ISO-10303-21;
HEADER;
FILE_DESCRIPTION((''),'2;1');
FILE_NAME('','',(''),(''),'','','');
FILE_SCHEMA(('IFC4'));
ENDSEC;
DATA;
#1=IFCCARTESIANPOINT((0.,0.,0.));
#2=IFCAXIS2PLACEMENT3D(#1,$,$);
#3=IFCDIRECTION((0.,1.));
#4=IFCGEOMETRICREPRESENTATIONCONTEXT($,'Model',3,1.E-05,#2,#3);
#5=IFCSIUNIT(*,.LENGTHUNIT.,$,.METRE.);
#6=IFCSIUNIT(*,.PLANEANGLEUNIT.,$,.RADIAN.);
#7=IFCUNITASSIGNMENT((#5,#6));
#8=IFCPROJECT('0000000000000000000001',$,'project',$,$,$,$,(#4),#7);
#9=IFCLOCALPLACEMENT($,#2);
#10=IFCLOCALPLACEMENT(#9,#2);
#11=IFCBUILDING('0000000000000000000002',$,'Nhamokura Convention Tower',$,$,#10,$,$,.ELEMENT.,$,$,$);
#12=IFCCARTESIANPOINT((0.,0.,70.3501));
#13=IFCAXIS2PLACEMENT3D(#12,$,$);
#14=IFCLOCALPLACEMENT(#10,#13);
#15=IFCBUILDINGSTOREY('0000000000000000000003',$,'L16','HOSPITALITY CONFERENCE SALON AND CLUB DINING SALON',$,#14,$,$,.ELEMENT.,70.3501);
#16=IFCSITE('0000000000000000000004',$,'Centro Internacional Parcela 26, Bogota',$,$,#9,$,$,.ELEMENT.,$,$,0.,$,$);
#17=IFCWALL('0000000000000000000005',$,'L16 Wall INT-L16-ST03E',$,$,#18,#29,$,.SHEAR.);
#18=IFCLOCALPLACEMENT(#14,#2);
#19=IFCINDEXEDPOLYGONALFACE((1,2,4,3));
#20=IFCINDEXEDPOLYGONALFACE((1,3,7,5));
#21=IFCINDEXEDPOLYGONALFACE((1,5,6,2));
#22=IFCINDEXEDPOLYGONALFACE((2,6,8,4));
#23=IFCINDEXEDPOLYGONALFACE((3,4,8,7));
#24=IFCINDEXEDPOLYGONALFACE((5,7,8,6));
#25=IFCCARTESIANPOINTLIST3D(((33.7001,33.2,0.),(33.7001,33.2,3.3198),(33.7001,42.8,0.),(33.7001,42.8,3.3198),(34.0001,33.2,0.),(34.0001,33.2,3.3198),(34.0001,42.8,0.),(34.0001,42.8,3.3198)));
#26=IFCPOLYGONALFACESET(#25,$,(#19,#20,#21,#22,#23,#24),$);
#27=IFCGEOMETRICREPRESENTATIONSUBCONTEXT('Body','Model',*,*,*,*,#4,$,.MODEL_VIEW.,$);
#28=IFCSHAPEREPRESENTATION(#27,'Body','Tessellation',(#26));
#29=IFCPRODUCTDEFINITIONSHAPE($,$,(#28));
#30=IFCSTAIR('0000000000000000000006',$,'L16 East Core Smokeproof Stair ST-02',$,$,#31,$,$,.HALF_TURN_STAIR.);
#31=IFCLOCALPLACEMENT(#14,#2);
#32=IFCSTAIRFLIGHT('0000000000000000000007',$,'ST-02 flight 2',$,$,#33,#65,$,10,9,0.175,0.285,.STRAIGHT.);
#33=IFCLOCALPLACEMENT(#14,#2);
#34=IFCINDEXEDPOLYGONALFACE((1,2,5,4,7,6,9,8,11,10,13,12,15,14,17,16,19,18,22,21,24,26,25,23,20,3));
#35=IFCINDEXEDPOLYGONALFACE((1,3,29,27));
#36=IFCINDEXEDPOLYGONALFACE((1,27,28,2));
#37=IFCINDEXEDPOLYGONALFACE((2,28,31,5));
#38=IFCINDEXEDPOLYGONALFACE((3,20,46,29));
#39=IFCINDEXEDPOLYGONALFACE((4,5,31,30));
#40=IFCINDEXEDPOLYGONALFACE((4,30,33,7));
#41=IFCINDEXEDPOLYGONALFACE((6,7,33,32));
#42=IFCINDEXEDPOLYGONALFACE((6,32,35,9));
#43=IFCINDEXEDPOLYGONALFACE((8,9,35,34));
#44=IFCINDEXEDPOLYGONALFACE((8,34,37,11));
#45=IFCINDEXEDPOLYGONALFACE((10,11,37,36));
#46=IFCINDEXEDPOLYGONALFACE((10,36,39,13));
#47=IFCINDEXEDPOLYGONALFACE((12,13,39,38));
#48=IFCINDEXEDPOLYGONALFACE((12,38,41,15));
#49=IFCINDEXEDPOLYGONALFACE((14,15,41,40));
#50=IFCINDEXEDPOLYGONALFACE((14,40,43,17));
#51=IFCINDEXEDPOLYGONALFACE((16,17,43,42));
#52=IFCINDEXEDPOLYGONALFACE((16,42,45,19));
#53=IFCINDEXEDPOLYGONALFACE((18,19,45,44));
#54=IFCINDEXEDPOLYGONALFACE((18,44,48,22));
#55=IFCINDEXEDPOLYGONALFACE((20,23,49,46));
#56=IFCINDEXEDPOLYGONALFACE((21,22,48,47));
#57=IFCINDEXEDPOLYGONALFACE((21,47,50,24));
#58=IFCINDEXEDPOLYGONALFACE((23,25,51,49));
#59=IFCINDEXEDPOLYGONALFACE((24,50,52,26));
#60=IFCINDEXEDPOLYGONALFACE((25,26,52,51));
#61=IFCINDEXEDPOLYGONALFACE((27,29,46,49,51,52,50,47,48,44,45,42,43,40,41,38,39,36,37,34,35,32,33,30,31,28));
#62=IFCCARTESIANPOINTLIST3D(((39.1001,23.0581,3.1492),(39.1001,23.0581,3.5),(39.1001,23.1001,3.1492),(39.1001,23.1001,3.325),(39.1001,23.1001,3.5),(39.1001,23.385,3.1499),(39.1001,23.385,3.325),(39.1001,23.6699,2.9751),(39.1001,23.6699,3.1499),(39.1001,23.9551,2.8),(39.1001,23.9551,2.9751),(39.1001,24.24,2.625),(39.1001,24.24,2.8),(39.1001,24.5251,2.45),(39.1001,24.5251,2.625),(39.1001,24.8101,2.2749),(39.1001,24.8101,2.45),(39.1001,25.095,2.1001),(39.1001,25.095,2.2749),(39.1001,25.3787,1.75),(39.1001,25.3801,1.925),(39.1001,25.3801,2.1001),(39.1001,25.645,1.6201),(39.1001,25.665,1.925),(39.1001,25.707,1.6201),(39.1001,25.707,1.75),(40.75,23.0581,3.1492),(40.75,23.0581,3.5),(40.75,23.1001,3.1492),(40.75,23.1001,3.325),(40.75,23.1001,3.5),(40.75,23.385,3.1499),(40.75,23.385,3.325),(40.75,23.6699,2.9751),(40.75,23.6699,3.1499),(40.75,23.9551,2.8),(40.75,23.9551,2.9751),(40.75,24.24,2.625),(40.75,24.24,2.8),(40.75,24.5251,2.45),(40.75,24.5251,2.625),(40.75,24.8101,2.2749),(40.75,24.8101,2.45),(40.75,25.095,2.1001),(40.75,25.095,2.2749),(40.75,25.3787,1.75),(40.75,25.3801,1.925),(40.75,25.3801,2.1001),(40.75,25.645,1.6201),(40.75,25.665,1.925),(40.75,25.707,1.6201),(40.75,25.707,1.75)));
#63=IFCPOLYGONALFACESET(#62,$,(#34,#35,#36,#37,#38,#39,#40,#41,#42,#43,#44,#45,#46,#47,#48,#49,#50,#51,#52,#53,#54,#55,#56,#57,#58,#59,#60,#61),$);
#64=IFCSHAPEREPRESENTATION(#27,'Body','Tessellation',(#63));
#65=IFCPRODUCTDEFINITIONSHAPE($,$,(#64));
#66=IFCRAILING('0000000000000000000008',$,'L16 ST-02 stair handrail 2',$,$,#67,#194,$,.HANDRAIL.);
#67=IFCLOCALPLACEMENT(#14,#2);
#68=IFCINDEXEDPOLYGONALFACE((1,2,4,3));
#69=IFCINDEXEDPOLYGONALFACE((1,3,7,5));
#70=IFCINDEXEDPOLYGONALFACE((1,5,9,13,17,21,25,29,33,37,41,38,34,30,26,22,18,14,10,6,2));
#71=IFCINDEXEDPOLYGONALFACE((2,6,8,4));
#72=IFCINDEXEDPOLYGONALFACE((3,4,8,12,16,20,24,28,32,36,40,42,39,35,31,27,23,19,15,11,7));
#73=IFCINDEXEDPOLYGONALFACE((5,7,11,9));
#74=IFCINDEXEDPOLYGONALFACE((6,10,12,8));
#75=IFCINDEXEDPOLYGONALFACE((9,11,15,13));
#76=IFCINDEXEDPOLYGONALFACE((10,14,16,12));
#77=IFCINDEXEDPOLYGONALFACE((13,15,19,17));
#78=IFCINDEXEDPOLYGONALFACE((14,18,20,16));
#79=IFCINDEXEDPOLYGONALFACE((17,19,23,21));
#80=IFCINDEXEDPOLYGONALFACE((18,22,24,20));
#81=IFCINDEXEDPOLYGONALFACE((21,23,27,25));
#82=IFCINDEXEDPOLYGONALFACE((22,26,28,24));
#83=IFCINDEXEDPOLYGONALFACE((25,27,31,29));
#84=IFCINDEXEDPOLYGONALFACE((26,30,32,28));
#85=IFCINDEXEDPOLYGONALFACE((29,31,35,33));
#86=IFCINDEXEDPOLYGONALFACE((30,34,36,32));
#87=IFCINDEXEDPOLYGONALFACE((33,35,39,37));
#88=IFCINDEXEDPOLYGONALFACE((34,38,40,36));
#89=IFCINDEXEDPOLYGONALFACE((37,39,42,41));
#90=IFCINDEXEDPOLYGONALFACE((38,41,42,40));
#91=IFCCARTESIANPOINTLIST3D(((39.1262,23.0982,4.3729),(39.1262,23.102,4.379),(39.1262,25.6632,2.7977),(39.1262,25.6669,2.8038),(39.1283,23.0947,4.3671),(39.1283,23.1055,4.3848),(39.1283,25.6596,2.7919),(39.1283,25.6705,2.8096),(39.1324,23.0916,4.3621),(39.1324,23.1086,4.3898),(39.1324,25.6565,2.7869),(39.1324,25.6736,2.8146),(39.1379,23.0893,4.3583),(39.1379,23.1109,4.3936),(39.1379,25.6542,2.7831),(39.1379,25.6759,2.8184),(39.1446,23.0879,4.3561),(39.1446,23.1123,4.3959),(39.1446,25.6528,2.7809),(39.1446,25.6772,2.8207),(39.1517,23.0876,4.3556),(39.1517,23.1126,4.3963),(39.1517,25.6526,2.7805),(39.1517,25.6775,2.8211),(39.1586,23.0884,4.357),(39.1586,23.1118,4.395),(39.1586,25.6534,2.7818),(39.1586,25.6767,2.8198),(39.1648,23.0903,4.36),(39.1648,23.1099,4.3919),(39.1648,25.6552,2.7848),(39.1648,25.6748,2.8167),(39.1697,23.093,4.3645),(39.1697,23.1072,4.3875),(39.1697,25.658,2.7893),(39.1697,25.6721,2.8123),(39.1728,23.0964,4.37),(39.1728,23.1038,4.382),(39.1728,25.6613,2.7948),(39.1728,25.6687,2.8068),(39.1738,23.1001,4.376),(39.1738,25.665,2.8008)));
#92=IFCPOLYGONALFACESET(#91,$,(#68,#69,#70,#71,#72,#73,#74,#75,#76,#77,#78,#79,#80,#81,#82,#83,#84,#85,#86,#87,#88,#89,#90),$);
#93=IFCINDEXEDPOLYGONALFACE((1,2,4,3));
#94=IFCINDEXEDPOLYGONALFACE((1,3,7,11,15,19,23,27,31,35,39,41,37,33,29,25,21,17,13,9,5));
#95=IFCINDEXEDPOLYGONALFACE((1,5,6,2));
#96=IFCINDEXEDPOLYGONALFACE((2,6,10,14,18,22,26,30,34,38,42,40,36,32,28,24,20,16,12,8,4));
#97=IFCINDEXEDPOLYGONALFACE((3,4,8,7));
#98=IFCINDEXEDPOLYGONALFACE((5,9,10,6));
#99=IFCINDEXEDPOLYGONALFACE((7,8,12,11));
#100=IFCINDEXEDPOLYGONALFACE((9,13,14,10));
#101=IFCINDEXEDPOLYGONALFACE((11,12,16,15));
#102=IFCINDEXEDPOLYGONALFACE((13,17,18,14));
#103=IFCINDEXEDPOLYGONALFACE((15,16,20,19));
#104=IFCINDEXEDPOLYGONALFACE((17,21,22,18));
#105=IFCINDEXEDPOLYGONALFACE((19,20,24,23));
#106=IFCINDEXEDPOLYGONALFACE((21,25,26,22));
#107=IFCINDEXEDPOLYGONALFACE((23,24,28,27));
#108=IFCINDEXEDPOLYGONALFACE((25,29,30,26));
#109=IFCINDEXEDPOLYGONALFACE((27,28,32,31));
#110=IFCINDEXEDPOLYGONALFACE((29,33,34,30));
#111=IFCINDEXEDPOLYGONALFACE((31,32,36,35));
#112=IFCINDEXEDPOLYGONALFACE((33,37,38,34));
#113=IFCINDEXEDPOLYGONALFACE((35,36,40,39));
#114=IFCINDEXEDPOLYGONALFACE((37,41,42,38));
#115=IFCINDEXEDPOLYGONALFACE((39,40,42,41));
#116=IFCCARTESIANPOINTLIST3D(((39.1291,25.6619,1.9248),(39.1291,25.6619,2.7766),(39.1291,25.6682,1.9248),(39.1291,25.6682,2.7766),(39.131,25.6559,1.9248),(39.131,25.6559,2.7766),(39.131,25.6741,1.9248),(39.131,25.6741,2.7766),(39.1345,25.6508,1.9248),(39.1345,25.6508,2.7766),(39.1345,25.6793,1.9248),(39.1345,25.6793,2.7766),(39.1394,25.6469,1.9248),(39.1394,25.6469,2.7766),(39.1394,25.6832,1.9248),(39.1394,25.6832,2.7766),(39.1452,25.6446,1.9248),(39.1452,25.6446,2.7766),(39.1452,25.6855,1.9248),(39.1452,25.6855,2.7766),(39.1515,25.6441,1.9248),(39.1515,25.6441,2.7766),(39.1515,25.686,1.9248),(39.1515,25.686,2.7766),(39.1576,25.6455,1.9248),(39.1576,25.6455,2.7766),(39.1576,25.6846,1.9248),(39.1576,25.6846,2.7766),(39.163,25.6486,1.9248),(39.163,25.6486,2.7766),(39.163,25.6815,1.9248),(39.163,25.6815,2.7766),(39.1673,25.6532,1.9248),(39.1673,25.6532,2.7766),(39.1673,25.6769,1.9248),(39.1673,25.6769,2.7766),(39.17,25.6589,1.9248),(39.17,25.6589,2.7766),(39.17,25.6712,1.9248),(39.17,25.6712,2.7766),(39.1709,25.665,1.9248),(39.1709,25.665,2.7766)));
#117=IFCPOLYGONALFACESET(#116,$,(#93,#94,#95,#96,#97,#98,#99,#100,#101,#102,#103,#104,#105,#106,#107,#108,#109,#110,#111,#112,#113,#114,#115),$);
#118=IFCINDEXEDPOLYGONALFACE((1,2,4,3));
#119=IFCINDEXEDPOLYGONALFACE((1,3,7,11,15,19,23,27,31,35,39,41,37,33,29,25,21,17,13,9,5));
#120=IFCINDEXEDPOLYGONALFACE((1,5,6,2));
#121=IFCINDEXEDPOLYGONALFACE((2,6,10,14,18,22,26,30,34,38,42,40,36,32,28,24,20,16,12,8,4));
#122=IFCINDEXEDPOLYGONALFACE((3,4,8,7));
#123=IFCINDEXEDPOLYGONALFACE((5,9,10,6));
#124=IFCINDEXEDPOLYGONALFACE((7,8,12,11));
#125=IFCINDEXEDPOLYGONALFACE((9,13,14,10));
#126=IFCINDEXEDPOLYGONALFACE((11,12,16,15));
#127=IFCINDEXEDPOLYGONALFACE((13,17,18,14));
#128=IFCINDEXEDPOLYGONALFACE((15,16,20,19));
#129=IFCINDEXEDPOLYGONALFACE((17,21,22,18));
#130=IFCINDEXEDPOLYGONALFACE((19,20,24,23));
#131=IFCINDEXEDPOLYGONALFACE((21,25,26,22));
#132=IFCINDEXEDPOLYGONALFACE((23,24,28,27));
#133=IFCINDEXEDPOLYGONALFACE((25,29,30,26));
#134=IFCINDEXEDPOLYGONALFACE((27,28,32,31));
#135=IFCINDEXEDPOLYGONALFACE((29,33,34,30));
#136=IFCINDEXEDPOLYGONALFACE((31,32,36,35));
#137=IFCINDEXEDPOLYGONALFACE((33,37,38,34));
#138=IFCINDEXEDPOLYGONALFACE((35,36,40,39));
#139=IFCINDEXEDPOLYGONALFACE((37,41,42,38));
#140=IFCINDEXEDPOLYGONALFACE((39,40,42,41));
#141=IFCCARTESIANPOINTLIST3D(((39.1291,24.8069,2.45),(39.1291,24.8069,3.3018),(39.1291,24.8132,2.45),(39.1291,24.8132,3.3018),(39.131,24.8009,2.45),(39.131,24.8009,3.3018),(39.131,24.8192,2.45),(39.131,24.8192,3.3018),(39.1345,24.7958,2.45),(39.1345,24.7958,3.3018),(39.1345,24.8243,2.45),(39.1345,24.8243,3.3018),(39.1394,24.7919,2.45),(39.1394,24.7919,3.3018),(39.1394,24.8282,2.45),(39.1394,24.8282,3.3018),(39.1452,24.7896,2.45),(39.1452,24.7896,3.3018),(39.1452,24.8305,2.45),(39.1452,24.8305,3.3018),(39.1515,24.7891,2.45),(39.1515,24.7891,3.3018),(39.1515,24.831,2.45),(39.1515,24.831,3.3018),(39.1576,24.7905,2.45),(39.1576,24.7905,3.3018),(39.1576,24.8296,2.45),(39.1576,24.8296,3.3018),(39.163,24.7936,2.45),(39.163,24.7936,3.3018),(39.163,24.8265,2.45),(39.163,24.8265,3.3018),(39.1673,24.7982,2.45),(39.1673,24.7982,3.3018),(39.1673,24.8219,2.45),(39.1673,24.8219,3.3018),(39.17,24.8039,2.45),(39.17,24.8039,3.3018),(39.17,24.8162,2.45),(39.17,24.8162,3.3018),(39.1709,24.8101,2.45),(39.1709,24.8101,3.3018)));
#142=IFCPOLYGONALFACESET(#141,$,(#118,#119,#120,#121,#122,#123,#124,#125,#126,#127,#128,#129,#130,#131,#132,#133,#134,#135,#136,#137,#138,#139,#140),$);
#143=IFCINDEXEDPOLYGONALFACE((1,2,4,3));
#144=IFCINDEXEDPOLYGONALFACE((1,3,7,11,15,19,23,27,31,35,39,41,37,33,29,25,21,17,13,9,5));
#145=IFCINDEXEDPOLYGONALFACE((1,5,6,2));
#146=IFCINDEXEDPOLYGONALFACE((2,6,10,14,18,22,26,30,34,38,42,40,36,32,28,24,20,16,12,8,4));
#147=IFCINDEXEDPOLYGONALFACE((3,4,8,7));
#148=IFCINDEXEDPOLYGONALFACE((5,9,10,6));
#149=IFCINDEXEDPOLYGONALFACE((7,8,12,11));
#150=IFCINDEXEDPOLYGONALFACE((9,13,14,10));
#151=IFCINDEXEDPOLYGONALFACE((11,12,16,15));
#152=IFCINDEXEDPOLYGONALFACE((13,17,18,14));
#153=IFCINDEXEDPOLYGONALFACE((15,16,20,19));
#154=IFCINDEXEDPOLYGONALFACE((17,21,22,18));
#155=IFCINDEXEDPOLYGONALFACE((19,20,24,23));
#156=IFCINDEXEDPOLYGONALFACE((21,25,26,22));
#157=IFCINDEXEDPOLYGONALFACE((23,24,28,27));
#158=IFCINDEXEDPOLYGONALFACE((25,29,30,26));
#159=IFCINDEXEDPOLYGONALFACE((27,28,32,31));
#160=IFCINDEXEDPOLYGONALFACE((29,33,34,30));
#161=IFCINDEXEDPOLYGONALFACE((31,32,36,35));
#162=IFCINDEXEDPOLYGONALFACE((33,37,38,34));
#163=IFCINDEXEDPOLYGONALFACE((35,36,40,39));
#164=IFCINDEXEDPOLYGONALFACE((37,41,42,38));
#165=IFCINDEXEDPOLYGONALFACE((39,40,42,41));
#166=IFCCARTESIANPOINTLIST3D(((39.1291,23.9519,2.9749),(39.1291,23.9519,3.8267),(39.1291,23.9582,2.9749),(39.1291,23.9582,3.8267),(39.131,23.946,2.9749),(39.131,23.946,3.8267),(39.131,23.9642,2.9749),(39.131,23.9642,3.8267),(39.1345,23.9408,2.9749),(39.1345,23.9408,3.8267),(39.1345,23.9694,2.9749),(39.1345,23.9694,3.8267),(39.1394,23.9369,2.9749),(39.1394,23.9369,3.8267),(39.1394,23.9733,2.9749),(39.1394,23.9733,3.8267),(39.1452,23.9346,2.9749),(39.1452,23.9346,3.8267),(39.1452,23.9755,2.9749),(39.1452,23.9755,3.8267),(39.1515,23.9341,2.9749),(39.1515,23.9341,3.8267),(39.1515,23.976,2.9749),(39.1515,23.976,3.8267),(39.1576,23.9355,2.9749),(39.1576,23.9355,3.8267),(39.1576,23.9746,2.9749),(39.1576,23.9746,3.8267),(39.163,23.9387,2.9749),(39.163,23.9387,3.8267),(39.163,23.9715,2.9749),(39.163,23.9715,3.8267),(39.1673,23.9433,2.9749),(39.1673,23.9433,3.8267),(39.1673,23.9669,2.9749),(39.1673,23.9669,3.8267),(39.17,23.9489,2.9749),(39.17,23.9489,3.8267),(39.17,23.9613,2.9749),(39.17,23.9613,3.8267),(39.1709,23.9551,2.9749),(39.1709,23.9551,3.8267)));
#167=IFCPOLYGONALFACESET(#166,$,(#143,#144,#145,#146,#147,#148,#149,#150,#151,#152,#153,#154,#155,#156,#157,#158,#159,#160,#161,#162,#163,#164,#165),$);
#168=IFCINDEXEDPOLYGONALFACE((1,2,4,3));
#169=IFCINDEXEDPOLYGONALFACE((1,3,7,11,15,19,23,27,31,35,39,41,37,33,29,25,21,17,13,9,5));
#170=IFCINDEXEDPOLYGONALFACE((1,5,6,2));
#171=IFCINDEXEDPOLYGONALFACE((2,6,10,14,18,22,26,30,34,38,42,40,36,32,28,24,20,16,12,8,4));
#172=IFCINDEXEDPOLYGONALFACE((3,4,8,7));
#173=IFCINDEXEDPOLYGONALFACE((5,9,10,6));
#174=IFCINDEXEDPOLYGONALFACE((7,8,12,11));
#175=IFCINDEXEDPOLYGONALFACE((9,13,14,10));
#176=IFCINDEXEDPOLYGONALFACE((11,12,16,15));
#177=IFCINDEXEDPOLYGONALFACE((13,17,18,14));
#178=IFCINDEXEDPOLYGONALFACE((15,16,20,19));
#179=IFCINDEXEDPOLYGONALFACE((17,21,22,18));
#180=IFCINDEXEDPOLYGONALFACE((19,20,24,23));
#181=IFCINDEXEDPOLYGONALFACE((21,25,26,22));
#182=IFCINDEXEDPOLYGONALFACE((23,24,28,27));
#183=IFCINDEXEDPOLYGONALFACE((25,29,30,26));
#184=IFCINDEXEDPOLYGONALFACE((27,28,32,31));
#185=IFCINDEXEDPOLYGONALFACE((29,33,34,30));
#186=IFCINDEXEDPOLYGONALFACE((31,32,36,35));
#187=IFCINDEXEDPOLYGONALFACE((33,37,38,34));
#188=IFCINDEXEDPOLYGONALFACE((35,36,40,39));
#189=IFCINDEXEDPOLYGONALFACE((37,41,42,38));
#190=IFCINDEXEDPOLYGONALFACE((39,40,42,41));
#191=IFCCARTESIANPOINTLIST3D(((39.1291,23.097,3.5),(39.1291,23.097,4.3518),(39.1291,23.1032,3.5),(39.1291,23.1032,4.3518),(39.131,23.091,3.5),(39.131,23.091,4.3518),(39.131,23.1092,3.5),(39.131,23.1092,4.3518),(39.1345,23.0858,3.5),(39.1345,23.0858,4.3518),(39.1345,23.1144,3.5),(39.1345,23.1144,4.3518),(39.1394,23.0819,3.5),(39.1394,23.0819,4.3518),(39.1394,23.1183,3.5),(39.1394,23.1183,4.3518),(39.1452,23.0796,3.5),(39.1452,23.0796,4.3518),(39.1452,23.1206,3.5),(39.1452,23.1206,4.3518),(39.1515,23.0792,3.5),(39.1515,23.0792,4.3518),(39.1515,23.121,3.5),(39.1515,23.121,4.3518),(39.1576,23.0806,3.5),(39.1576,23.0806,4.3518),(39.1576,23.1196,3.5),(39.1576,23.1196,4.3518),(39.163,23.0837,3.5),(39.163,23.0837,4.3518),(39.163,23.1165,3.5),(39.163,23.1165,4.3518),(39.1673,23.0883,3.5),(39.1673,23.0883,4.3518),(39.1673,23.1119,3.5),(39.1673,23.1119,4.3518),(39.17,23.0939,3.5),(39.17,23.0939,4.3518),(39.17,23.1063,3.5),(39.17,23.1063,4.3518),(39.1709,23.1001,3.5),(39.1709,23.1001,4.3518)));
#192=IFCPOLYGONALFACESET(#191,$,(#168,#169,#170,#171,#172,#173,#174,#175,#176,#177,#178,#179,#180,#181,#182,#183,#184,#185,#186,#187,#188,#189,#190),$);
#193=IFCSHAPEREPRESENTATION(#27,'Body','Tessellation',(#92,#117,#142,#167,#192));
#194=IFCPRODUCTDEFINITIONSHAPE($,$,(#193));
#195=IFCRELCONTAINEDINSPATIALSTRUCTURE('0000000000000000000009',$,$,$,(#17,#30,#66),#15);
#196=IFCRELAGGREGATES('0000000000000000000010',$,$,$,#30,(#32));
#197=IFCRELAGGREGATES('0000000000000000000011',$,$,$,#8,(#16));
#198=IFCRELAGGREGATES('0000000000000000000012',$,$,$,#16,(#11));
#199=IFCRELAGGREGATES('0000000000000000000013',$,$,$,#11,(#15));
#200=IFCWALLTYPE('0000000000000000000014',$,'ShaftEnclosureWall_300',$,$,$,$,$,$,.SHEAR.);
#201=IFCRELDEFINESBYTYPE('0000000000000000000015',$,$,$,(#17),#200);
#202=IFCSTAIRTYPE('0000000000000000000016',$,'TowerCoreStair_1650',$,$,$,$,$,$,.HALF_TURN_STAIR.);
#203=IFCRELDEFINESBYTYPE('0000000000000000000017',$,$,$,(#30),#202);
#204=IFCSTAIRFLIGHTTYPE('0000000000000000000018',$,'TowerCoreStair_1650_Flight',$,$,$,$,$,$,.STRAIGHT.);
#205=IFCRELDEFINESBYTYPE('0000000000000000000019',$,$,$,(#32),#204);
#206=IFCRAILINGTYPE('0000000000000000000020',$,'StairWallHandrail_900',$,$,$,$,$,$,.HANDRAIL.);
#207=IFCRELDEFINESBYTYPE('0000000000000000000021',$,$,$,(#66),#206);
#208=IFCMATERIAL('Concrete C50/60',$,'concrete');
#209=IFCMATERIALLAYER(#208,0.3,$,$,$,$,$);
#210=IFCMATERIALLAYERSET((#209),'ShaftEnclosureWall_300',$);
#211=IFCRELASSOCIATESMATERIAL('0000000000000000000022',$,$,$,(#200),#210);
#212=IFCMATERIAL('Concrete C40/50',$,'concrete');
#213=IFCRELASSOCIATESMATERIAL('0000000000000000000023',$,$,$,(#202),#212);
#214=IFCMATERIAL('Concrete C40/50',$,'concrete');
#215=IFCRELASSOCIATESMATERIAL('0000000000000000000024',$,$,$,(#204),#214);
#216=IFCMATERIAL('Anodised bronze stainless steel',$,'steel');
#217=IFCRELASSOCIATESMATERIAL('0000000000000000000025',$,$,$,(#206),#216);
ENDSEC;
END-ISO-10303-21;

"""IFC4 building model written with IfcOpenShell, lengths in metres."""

from ifc_helpers import new_model, si_unit, direction, frame, frame_2d, origin, origin_2d, place, context, subcontext, project, spatial, polyline, rectangle, circle, outline, extrude, material, layer, layer_set, type_object, element, aggregate, save


model = new_model("IFC4")

# Units and contexts
model_context = context("Model", 3, precision=1e-05, world=origin(), true_north=direction((0.0, 1.0)))
body_context = subcontext(model_context, "Body", "Model", "MODEL_VIEW")
ifc_project = project(units=[si_unit("LENGTHUNIT", "METRE"), si_unit("PLANEANGLEUNIT", "RADIAN")], contexts=[model_context])

# Site, building, storey
site_placement = place(None, origin())
site = spatial("IfcSite", under=ifc_project, at=site_placement, Name="Centro Internacional Parcela 26, Bogota", CompositionType="ELEMENT", RefElevation=0.0)
building_placement = place(site_placement, origin())
building = spatial("IfcBuilding", under=site, at=building_placement, Name="Nhamokura Convention Tower", CompositionType="ELEMENT")
storey_placement = place(building_placement, frame((0.0, 0.0, 70.3501)))
storey = spatial("IfcBuildingStorey", under=building, at=storey_placement, Name="L16", Description="HOSPITALITY CONFERENCE SALON AND CLUB DINING SALON", CompositionType="ELEMENT", Elevation=70.3501)

# Wall
ifc_material_1 = material(Name="Concrete C50/60", Category="concrete")
ifc_layer_1 = layer(ifc_material_1, 0.3)
ifc_layer_set_1 = layer_set([ifc_layer_1], Name="ShaftEnclosureWall_300")
wall_type_1 = type_object("IfcWallType", Name="ShaftEnclosureWall_300", PredefinedType="SHEAR", material=ifc_layer_set_1)
wall_1_placement = place(storey_placement, frame((33.8501, 33.2, 0.0), z_axis=(0.0, 0.0, 1.0), x_axis=(0.0, 1.0, 0.0)))
element("IfcWall", 1, at=wall_1_placement, inside=storey, type_object=wall_type_1, Name="L16 Wall INT-L16-ST03E", PredefinedType="SHEAR", context=body_context, shape_type="SweptSolid", body=[
    extrude(rectangle(XDim=9.6001, YDim=0.3, at=frame_2d((4.8, 0.0))), origin(), (0.0, 0.0, 1.0), 3.3198),
])

# Stair, stair flight
ifc_material_2 = material(Name="Concrete C40/50", Category="concrete")
stair_type = type_object("IfcStairType", Name="TowerCoreStair_1650", PredefinedType="HALF_TURN_STAIR", material=ifc_material_2)
stair_placement = place(storey_placement, origin())
stair = element("IfcStair", 2, at=stair_placement, inside=storey, type_object=stair_type, Name="L16 East Core Smokeproof Stair ST-02", PredefinedType="HALF_TURN_STAIR")
ifc_material_3 = material(Name="Concrete C40/50", Category="concrete")
stair_flight_type = type_object("IfcStairFlightType", Name="TowerCoreStair_1650_Flight", PredefinedType="STRAIGHT", material=ifc_material_3)
stair_flight_placement = place(storey_placement, frame((39.925, 25.665, 1.75), z_axis=(0.0, 0.0, 1.0), x_axis=(0.0, -1.0, 0.0)))
stair_flight = element("IfcStairFlight", 3, at=stair_flight_placement, type_object=stair_flight_type, Name="ST-02 flight 2", NumberOfRisers=10, NumberOfTreads=9, PredefinedType="STRAIGHT", RiserHeight=0.175, TreadLength=0.285, context=body_context, shape_type="SweptSolid", body=[
    extrude(outline(polyline([(-0.042, 0.0), (0.0, 0.175), (0.2849, 0.175), (0.2849, 0.3501), (0.5701, 0.3501), (0.5701, 0.5249), (0.855, 0.5249), (0.855, 0.7), (1.1399, 0.7), (1.1399, 0.875), (1.425, 0.875), (1.425, 1.05), (1.71, 1.05), (1.71, 1.2251), (1.9951, 1.2251), (1.9951, 1.3999), (2.28, 1.3999), (2.28, 1.575), (2.5649, 1.575), (2.5649, 1.75), (2.6069, 1.75), (2.6069, 1.3992), (2.5649, 1.3992), (0.2864, 0.0), (0.02, -0.1299), (-0.042, -0.1299), (-0.042, 0.0)])), frame((0.0, 0.825, 0.0), z_axis=(0.0, -1.0, 0.0), x_axis=(1.0, 0.0, 0.0)), (0.0, 0.0, 1.0), 1.6499),
])
aggregate(stair, [stair_flight])

# Railing
ifc_material_4 = material(Name="Anodised bronze stainless steel", Category="steel")
railing_type_1 = type_object("IfcRailingType", Name="StairWallHandrail_900", PredefinedType="HANDRAIL", material=ifc_material_4)
railing_1_placement = place(storey_placement, frame((39.1499, 25.665, 1.9248)))
element("IfcRailing", 4, at=railing_1_placement, inside=storey, type_object=railing_type_1, Name="L16 ST-02 stair handrail 2", PredefinedType="HANDRAIL", context=body_context, shape_type="SweptSolid", body=[
    extrude(circle(Radius=0.0239, at=origin_2d()), frame((0.0, 0.0, 0.876), z_axis=(0.0, -0.852137, 0.523319), x_axis=(1.0, 0.0, 0.0)), (0.0, 0.0, 1.0), 3.01),
    extrude(circle(Radius=0.021, at=origin_2d()), origin(), (0.0, 0.0, 1.0), 0.8518),
    extrude(circle(Radius=0.021, at=origin_2d()), frame((0.0, -0.855, 0.5251)), (0.0, 0.0, 1.0), 0.8518),
    extrude(circle(Radius=0.021, at=origin_2d()), frame((0.0, -1.71, 1.05)), (0.0, 0.0, 1.0), 0.8518),
    extrude(circle(Radius=0.021, at=origin_2d()), frame((0.0, -2.5649, 1.5752)), (0.0, 0.0, 1.0), 0.8518),
])

save(model, "model.ifc")
